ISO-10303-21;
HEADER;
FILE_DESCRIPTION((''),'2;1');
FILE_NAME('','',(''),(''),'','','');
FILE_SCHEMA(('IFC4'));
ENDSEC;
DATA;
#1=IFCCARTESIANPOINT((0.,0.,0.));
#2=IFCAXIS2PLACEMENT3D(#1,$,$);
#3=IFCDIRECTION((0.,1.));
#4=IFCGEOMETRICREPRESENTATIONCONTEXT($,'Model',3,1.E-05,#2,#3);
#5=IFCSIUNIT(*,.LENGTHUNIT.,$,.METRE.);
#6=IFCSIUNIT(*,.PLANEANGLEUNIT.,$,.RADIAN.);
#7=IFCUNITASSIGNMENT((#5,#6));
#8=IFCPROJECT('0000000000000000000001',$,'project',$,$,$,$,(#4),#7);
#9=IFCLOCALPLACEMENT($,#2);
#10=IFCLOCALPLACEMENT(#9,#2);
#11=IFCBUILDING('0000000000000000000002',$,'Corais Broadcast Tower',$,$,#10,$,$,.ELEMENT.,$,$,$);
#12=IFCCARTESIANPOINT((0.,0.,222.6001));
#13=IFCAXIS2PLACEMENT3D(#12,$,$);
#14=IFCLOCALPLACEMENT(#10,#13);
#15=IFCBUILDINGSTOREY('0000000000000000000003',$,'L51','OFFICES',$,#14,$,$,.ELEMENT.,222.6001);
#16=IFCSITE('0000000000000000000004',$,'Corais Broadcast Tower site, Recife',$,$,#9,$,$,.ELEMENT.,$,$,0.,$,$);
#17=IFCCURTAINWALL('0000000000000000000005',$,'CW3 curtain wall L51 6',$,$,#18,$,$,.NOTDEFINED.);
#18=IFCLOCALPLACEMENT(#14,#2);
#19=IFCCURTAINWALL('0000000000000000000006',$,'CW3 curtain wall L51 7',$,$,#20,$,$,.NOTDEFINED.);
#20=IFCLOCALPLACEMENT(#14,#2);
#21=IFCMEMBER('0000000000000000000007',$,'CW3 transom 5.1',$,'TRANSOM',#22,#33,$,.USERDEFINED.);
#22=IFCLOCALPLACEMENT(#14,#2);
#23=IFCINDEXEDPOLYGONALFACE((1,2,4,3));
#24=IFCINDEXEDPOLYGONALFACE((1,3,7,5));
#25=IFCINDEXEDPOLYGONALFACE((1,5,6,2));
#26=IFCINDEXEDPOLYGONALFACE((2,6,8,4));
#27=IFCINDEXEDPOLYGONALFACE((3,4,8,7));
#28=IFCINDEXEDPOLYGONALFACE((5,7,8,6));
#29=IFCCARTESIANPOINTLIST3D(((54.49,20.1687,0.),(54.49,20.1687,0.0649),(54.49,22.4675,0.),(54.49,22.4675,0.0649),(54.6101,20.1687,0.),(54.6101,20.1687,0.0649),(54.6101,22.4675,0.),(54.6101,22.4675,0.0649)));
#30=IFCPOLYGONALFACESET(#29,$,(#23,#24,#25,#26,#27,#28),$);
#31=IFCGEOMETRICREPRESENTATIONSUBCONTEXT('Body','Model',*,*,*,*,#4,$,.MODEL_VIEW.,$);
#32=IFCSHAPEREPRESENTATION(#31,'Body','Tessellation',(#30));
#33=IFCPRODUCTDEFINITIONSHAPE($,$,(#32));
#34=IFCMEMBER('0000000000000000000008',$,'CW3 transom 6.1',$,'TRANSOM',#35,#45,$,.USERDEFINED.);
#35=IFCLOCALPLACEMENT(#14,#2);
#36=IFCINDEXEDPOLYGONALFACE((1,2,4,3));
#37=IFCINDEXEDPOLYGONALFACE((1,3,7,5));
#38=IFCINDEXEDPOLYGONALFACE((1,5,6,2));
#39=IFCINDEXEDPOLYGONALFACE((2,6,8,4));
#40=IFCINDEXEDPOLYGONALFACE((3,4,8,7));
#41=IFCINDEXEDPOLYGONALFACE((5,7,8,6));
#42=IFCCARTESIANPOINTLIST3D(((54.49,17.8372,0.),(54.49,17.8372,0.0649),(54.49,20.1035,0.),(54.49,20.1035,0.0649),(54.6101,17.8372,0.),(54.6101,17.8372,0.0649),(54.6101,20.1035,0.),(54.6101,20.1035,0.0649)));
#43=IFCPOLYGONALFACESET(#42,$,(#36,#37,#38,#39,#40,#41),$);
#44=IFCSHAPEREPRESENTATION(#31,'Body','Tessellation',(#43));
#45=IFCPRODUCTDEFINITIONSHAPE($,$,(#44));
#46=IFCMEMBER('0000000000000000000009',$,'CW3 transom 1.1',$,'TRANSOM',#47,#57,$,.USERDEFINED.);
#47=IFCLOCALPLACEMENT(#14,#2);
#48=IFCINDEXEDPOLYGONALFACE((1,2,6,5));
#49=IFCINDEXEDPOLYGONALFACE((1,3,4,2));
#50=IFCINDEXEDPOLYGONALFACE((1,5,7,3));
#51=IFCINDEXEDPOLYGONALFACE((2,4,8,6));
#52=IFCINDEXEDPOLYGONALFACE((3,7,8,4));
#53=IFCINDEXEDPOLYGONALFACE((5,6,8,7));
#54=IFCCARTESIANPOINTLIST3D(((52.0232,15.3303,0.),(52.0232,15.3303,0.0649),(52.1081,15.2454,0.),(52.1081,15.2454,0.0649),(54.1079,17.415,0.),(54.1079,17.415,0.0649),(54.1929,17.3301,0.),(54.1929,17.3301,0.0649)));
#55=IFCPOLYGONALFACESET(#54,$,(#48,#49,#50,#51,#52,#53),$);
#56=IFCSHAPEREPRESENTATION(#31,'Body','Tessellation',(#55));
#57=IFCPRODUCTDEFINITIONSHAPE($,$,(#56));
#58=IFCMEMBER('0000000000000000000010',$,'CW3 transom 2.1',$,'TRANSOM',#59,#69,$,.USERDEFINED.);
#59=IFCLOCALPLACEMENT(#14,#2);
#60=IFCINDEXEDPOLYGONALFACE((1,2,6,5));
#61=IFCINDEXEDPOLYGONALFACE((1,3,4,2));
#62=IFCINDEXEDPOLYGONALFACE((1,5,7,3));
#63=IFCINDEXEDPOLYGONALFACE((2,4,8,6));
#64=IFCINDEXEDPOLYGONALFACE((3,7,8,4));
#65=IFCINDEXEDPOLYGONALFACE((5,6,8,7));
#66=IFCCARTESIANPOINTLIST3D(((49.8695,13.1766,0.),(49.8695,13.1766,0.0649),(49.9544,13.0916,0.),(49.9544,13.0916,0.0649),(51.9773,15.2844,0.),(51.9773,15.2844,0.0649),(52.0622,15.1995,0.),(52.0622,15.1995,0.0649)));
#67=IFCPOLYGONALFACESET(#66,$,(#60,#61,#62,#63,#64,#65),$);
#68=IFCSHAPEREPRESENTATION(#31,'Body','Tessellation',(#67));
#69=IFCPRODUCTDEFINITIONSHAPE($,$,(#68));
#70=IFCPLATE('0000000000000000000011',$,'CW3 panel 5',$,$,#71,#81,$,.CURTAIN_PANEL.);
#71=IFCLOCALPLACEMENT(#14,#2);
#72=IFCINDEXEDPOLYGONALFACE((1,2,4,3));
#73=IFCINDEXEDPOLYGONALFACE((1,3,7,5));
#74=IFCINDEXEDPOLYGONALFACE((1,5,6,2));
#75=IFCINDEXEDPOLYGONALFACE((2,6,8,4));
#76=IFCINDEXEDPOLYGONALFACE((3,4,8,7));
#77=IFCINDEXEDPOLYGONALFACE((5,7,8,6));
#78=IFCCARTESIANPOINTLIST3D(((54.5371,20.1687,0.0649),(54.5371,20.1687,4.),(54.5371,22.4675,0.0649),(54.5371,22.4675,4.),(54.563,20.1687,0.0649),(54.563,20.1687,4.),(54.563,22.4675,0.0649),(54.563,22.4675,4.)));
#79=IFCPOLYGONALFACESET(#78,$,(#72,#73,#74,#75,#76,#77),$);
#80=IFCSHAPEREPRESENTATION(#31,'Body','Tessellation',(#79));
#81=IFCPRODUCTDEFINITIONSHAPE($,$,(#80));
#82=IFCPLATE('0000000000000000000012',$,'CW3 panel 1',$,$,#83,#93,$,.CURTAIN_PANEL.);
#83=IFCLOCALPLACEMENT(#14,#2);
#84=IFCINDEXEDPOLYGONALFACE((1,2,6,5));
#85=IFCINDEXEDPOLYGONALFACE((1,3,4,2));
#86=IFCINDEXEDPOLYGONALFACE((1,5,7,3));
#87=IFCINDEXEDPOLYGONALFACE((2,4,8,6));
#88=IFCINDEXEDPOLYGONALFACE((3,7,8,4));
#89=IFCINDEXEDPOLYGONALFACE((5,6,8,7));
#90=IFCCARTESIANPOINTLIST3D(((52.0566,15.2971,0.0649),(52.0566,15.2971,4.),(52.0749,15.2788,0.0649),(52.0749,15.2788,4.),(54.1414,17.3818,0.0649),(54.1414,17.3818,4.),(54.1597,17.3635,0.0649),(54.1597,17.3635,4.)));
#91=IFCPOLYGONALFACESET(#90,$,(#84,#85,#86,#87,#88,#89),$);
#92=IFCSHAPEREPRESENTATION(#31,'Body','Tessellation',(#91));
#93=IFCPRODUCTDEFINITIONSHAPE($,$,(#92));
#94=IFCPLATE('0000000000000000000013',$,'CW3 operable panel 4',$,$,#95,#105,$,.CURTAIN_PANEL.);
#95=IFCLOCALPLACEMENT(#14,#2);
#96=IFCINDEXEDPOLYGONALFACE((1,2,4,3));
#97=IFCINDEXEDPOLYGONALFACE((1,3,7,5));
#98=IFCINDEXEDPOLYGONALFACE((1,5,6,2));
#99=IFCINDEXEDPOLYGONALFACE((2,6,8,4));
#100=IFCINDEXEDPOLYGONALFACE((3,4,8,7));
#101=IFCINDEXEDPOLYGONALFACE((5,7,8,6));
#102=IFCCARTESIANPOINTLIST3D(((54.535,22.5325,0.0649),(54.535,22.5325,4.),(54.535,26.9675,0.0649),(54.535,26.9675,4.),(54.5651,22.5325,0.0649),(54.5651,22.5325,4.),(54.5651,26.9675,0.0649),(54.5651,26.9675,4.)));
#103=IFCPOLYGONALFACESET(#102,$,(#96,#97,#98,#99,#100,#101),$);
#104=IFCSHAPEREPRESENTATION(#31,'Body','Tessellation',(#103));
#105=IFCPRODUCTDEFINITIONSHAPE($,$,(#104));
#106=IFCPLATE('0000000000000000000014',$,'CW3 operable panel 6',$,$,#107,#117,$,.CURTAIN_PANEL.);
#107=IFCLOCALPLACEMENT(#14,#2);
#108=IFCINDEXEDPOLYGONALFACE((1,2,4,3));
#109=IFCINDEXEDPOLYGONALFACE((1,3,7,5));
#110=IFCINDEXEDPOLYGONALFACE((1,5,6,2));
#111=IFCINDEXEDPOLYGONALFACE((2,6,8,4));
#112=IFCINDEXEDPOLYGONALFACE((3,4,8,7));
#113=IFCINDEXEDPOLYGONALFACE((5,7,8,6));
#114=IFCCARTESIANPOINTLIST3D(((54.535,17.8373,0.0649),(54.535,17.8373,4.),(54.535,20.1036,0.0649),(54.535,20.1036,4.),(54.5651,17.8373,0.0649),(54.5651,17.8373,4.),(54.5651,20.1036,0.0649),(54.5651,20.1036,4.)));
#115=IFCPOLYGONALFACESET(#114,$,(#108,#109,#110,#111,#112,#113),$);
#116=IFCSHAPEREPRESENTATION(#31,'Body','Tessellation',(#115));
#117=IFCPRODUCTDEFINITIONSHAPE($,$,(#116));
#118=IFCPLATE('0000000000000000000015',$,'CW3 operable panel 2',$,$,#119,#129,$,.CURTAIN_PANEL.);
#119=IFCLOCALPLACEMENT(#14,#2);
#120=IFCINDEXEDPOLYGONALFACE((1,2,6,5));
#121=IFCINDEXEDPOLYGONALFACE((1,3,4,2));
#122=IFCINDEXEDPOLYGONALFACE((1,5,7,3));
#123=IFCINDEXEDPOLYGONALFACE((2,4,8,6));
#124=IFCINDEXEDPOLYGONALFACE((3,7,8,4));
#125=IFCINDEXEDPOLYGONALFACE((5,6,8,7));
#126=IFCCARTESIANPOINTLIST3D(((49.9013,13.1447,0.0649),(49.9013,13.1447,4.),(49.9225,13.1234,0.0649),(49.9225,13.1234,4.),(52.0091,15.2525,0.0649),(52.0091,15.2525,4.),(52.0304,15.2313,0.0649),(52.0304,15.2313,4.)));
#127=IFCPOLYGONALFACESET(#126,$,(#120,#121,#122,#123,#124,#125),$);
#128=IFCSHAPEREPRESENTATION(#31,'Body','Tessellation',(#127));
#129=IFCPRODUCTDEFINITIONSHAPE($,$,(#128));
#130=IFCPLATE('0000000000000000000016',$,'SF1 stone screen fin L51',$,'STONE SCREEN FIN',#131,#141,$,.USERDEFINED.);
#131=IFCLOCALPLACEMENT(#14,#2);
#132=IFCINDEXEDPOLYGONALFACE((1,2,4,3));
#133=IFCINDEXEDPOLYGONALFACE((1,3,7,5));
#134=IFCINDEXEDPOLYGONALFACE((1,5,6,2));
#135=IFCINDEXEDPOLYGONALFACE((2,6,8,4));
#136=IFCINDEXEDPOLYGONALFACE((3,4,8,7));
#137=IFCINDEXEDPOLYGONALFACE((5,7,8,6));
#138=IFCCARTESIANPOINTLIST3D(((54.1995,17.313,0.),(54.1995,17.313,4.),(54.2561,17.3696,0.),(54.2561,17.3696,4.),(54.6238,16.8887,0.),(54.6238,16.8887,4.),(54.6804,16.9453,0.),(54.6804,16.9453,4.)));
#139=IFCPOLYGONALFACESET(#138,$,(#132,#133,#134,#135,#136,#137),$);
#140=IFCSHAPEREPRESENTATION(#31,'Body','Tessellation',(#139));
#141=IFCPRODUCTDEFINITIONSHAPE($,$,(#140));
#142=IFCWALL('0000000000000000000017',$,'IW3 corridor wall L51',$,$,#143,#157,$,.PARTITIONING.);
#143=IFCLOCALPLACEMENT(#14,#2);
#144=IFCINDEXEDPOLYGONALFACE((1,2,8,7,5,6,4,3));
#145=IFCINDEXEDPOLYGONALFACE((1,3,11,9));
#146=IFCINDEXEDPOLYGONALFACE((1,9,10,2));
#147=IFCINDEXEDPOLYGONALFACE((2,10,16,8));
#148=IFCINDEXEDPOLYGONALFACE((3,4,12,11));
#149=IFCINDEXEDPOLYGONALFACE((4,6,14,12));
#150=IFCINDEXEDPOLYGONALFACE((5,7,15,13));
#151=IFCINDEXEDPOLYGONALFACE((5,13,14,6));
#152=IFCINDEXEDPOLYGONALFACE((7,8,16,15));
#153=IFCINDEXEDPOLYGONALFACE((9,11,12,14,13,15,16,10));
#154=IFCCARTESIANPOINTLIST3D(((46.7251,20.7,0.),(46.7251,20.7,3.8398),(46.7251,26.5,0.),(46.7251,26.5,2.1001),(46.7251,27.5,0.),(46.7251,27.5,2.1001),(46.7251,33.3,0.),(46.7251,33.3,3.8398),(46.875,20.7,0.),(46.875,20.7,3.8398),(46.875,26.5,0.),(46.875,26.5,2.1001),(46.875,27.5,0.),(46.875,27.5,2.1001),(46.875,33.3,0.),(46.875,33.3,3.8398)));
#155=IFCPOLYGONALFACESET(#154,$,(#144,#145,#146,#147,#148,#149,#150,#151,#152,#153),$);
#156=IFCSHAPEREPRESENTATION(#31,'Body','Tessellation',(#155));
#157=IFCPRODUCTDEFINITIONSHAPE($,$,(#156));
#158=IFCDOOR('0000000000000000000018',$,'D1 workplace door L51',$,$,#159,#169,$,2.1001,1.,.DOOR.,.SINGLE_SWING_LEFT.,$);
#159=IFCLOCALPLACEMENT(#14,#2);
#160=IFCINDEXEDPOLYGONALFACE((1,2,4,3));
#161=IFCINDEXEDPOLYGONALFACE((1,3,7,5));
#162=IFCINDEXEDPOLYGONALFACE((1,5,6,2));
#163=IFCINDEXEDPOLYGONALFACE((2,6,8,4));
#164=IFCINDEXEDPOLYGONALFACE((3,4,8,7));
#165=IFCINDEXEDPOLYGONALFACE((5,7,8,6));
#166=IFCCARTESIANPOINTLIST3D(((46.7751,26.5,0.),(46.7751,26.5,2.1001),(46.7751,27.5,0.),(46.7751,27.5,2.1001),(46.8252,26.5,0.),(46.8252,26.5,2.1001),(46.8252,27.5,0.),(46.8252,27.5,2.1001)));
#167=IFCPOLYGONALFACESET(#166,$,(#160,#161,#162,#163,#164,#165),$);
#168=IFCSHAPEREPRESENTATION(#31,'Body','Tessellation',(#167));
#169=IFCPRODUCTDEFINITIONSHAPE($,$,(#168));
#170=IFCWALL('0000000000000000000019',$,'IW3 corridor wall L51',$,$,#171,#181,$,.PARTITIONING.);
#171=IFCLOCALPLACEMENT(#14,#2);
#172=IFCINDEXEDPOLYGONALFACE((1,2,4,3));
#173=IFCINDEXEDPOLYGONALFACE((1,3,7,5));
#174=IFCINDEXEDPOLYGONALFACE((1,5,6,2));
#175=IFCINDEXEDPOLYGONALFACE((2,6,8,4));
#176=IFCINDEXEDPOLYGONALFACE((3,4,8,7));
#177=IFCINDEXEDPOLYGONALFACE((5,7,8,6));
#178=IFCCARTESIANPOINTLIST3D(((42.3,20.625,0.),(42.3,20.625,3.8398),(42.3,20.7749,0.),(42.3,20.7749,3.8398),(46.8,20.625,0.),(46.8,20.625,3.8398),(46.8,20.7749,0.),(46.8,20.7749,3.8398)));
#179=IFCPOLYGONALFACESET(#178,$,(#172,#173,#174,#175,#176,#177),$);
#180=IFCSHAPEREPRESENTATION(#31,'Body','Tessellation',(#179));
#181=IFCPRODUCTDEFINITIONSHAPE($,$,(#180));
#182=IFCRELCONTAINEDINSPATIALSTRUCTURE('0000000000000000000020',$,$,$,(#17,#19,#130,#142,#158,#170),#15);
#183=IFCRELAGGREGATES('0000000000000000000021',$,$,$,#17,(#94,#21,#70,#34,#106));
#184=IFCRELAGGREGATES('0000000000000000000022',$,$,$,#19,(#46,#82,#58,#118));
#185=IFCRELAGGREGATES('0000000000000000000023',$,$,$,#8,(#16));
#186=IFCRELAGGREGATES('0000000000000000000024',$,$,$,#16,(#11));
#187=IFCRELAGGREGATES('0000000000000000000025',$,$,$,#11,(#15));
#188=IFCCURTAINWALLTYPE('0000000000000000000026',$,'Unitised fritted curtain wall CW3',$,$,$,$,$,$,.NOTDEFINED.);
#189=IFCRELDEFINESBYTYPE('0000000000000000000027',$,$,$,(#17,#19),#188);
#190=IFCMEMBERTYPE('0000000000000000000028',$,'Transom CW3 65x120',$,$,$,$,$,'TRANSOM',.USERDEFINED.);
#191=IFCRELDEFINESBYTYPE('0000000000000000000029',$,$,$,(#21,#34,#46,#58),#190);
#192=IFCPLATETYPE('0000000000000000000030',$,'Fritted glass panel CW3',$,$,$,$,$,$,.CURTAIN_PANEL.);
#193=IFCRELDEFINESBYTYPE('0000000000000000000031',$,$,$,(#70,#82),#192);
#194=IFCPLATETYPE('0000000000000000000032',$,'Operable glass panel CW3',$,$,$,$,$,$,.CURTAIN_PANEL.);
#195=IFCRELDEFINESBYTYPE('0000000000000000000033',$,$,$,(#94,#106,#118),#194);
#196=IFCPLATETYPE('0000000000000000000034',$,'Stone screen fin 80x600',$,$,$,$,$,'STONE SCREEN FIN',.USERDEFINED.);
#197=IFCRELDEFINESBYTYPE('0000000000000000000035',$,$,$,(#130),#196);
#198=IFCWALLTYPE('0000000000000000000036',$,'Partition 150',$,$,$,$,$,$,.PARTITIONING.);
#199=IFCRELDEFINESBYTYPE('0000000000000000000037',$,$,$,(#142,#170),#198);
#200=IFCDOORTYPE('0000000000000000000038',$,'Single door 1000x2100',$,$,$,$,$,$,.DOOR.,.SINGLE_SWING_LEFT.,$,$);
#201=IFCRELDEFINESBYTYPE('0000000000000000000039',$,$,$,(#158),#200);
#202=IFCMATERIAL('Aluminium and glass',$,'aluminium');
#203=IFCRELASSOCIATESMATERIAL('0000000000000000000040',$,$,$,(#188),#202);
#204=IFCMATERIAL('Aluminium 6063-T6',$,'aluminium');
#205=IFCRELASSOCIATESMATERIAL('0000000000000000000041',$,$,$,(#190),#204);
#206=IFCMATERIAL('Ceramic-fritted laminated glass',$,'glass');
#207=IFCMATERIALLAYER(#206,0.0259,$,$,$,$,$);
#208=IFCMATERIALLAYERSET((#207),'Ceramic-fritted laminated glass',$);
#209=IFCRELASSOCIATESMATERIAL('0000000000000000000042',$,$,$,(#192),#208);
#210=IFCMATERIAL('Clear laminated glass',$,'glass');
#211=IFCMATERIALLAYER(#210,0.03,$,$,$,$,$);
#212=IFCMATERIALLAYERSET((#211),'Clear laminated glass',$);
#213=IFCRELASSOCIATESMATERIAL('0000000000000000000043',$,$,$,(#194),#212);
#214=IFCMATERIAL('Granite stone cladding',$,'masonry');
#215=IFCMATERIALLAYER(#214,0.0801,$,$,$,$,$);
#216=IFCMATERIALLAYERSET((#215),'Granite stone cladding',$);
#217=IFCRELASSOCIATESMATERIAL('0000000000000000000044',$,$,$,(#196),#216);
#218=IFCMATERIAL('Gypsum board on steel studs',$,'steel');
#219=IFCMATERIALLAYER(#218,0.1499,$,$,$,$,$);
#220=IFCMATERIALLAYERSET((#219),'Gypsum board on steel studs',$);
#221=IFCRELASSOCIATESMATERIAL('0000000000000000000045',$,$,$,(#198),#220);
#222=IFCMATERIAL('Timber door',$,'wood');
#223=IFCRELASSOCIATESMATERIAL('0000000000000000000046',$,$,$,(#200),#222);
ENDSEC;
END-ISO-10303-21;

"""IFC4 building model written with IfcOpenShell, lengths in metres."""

from ifc_helpers import new_model, si_unit, direction, frame, frame_2d, origin, origin_2d, place, context, subcontext, project, spatial, rectangle, extrude, material, layer, layer_set, material_profile, profile_set, type_object, element, fill, aggregate, save


model = new_model("IFC4")

# Units and contexts
model_context = context("Model", 3, precision=1e-05, world=origin(), true_north=direction((0.0, 1.0)))
body_context = subcontext(model_context, "Body", "Model", "MODEL_VIEW")
ifc_project = project(units=[si_unit("LENGTHUNIT", "METRE"), si_unit("PLANEANGLEUNIT", "RADIAN")], contexts=[model_context])

# Site, building, storey
site_placement = place(None, origin())
site = spatial("IfcSite", under=ifc_project, at=site_placement, Name="Corais Broadcast Tower site, Recife", CompositionType="ELEMENT", RefElevation=0.0)
building_placement = place(site_placement, origin())
building = spatial("IfcBuilding", under=site, at=building_placement, Name="Corais Broadcast Tower", CompositionType="ELEMENT")
storey_placement = place(building_placement, frame((0.0, 0.0, 222.6001)))
storey = spatial("IfcBuildingStorey", under=building, at=storey_placement, Name="L51", Description="OFFICES", CompositionType="ELEMENT", Elevation=222.6001)

# Curtain walls
ifc_material_1 = material(Name="Aluminium and glass", Category="aluminium")
curtain_wall_type = type_object("IfcCurtainWallType", Name="Unitised fritted curtain wall CW3", PredefinedType="NOTDEFINED", material=ifc_material_1)
curtain_wall_1_placement = place(storey_placement, origin())
curtain_wall_1 = element("IfcCurtainWall", 1, at=curtain_wall_1_placement, inside=storey, type_object=curtain_wall_type, Name="CW3 curtain wall L51 6", PredefinedType="NOTDEFINED")
curtain_wall_2_placement = place(storey_placement, origin())
curtain_wall_2 = element("IfcCurtainWall", 2, at=curtain_wall_2_placement, inside=storey, type_object=curtain_wall_type, Name="CW3 curtain wall L51 7", PredefinedType="NOTDEFINED")

# Members
ifc_material_2 = material(Name="Aluminium 6063-T6", Category="aluminium")
ifc_material_profile_1 = material_profile(ifc_material_2, rectangle(XDim=0.1201, YDim=0.0649, at=origin_2d()), Name="Transom CW3 65x120")
ifc_profile_set_1 = profile_set([ifc_material_profile_1], Name="Aluminium 6063-T6")
member_type_1 = type_object("IfcMemberType", Name="Transom CW3 65x120", ElementType="TRANSOM", PredefinedType="USERDEFINED", material=ifc_profile_set_1)
member_1_placement = place(storey_placement, frame((54.55, 22.4675, 0.0325), z_axis=(0.0, -1.0, 0.0), x_axis=(1.0, 0.0, 0.0)))
member_1 = element("IfcMember", 3, at=member_1_placement, type_object=member_type_1, Name="CW3 transom 5.1", ObjectType="TRANSOM", PredefinedType="USERDEFINED", context=body_context, shape_type="SweptSolid", body=[
    extrude(rectangle(XDim=0.1201, YDim=0.0649, at=origin_2d()), origin(), (0.0, 0.0, 1.0), 2.2988),
])
member_2_placement = place(storey_placement, frame((54.55, 20.1035, 0.0325), z_axis=(0.0, -1.0, 0.0), x_axis=(1.0, 0.0, 0.0)))
member_2 = element("IfcMember", 4, at=member_2_placement, type_object=member_type_1, Name="CW3 transom 6.1", ObjectType="TRANSOM", PredefinedType="USERDEFINED", context=body_context, shape_type="SweptSolid", body=[
    extrude(rectangle(XDim=0.1201, YDim=0.0649, at=origin_2d()), origin(), (0.0, 0.0, 1.0), 2.2664),
])
member_3_placement = place(storey_placement, frame((54.1504, 17.3726, 0.0325), z_axis=(-0.707107, -0.707107, 0.0), x_axis=(0.707107, -0.707107, 0.0)))
member_3 = element("IfcMember", 5, at=member_3_placement, type_object=member_type_1, Name="CW3 transom 1.1", ObjectType="TRANSOM", PredefinedType="USERDEFINED", context=body_context, shape_type="SweptSolid", body=[
    extrude(rectangle(XDim=0.1201, YDim=0.0649, at=origin_2d()), origin(), (0.0, 0.0, 1.0), 2.9482),
])
member_4_placement = place(storey_placement, frame((52.0198, 15.2419, 0.0325), z_axis=(-0.707107, -0.707107, 0.0), x_axis=(0.707107, -0.707107, 0.0)))
member_4 = element("IfcMember", 6, at=member_4_placement, type_object=member_type_1, Name="CW3 transom 2.1", ObjectType="TRANSOM", PredefinedType="USERDEFINED", context=body_context, shape_type="SweptSolid", body=[
    extrude(rectangle(XDim=0.1201, YDim=0.0649, at=origin_2d()), origin(), (0.0, 0.0, 1.0), 2.981),
])

# Plates
ifc_material_3 = material(Name="Ceramic-fritted laminated glass", Category="glass")
ifc_layer_1 = layer(ifc_material_3, 0.0259)
ifc_layer_set_1 = layer_set([ifc_layer_1], Name="Ceramic-fritted laminated glass")
plate_type_1 = type_object("IfcPlateType", Name="Fritted glass panel CW3", PredefinedType="CURTAIN_PANEL", material=ifc_layer_set_1)
plate_1_placement = place(storey_placement, frame((54.55, 21.3181, 0.0649), z_axis=(0.0, 0.0, 1.0), x_axis=(0.0, -1.0, 0.0)))
plate_1 = element("IfcPlate", 7, at=plate_1_placement, type_object=plate_type_1, Name="CW3 panel 5", PredefinedType="CURTAIN_PANEL", context=body_context, shape_type="SweptSolid", body=[
    extrude(rectangle(XDim=2.2988, YDim=0.0259, at=origin_2d()), origin(), (0.0, 0.0, 1.0), 3.9351),
])
plate_2_placement = place(storey_placement, frame((53.1082, 16.3303, 0.0649), z_axis=(0.0, 0.0, 1.0), x_axis=(-0.707107, -0.707107, 0.0)))
plate_2 = element("IfcPlate", 8, at=plate_2_placement, type_object=plate_type_1, Name="CW3 panel 1", PredefinedType="CURTAIN_PANEL", context=body_context, shape_type="SweptSolid", body=[
    extrude(rectangle(XDim=2.9482, YDim=0.0259, at=origin_2d()), origin(), (0.0, 0.0, 1.0), 3.9351),
])
ifc_material_4 = material(Name="Clear laminated glass", Category="glass")
ifc_layer_2 = layer(ifc_material_4, 0.03)
ifc_layer_set_2 = layer_set([ifc_layer_2], Name="Clear laminated glass")
plate_type_2 = type_object("IfcPlateType", Name="Operable glass panel CW3", PredefinedType="CURTAIN_PANEL", material=ifc_layer_set_2)
plate_3_placement = place(storey_placement, frame((54.55, 24.75, 0.0649), z_axis=(0.0, 0.0, 1.0), x_axis=(0.0, -1.0, 0.0)))
plate_3 = element("IfcPlate", 9, at=plate_3_placement, type_object=plate_type_2, Name="CW3 operable panel 4", PredefinedType="CURTAIN_PANEL", context=body_context, shape_type="SweptSolid", body=[
    extrude(rectangle(XDim=4.4351, YDim=0.03, at=origin_2d()), origin(), (0.0, 0.0, 1.0), 3.9351),
])
plate_4_placement = place(storey_placement, frame((54.55, 18.9705, 0.0649), z_axis=(0.0, 0.0, 1.0), x_axis=(0.0, -1.0, 0.0)))
plate_4 = element("IfcPlate", 10, at=plate_4_placement, type_object=plate_type_2, Name="CW3 operable panel 6", PredefinedType="CURTAIN_PANEL", context=body_context, shape_type="SweptSolid", body=[
    extrude(rectangle(XDim=2.2664, YDim=0.03, at=origin_2d()), origin(), (0.0, 0.0, 1.0), 3.9351),
])
aggregate(curtain_wall_1, [plate_3, member_1, plate_1, member_2, plate_4])
plate_5_placement = place(storey_placement, frame((50.9658, 14.188, 0.0649), z_axis=(0.0, 0.0, 1.0), x_axis=(-0.707107, -0.707107, 0.0)))
plate_5 = element("IfcPlate", 11, at=plate_5_placement, type_object=plate_type_2, Name="CW3 operable panel 2", PredefinedType="CURTAIN_PANEL", context=body_context, shape_type="SweptSolid", body=[
    extrude(rectangle(XDim=2.981, YDim=0.03, at=origin_2d()), origin(), (0.0, 0.0, 1.0), 3.9351),
])
aggregate(curtain_wall_2, [member_3, plate_2, member_4, plate_5])
ifc_material_5 = material(Name="Granite stone cladding", Category="masonry")
ifc_layer_3 = layer(ifc_material_5, 0.0801)
ifc_layer_set_3 = layer_set([ifc_layer_3], Name="Granite stone cladding")
plate_type_3 = type_object("IfcPlateType", Name="Stone screen fin 80x600", ElementType="STONE SCREEN FIN", PredefinedType="USERDEFINED", material=ifc_layer_set_3)
plate_6_placement = place(storey_placement, frame((54.4399, 17.1292, 0.0), z_axis=(0.0, 0.0, 1.0), x_axis=(-0.707107, -0.707107, 0.0)))
element("IfcPlate", 12, at=plate_6_placement, inside=storey, type_object=plate_type_3, Name="SF1 stone screen fin L51", ObjectType="STONE SCREEN FIN", PredefinedType="USERDEFINED", context=body_context, shape_type="SweptSolid", body=[
    extrude(rectangle(XDim=0.0801, YDim=0.6001, at=origin_2d()), origin(), (0.0, 0.0, 1.0), 4.0),
])

# Wall, opening, door
ifc_material_6 = material(Name="Gypsum board on steel studs", Category="steel")
ifc_layer_4 = layer(ifc_material_6, 0.1499)
ifc_layer_set_4 = layer_set([ifc_layer_4], Name="Gypsum board on steel studs")
wall_type = type_object("IfcWallType", Name="Partition 150", PredefinedType="PARTITIONING", material=ifc_layer_set_4)
wall_1_placement = place(storey_placement, frame((46.8, 20.7, 0.0), z_axis=(0.0, 0.0, 1.0), x_axis=(0.0, 1.0, 0.0)))
wall_1 = element("IfcWall", 13, at=wall_1_placement, inside=storey, type_object=wall_type, Name="IW3 corridor wall L51", PredefinedType="PARTITIONING", context=body_context, shape_type="SweptSolid", body=[
    extrude(rectangle(XDim=12.6001, YDim=0.1499, at=frame_2d((6.3, 0.0))), origin(), (0.0, 0.0, 1.0), 3.8398),
])
opening_placement = place(wall_1_placement, frame((5.8, 0.0, 0.0)))
opening = element("IfcOpeningElement", 14, at=opening_placement, cuts=wall_1, PredefinedType="OPENING", context=body_context, shape_type="SweptSolid", body=[
    extrude(rectangle(XDim=1.0, YDim=2.1001, at=frame_2d((0.5, 1.05))), frame((0.0, 0.085, 0.0), z_axis=(0.0, -1.0, 0.0), x_axis=(1.0, 0.0, 0.0)), (0.0, 0.0, 1.0), 0.1699),
])
ifc_material_7 = material(Name="Timber door", Category="wood")
door_type = type_object("IfcDoorType", Name="Single door 1000x2100", OperationType="SINGLE_SWING_LEFT", PredefinedType="DOOR", material=ifc_material_7)
door_placement = place(opening_placement, origin())
door = element("IfcDoor", 15, at=door_placement, inside=storey, type_object=door_type, Name="D1 workplace door L51", OperationType="SINGLE_SWING_LEFT", OverallHeight=2.1001, OverallWidth=1.0, PredefinedType="DOOR", context=body_context, shape_type="SweptSolid", body=[
    extrude(rectangle(XDim=1.0, YDim=2.1001, at=frame_2d((0.5, 1.05))), frame((0.0, 0.0249, 0.0), z_axis=(0.0, -1.0, 0.0), x_axis=(1.0, 0.0, 0.0)), (0.0, 0.0, 1.0), 0.05),
])
fill(opening, door)

# Wall
wall_2_placement = place(storey_placement, frame((42.3, 20.7, 0.0), z_axis=(0.0, 0.0, 1.0), x_axis=(1.0, 0.0, 0.0)))
element("IfcWall", 16, at=wall_2_placement, inside=storey, type_object=wall_type, Name="IW3 corridor wall L51", PredefinedType="PARTITIONING", context=body_context, shape_type="SweptSolid", body=[
    extrude(rectangle(XDim=4.5, YDim=0.1499, at=frame_2d((2.25, 0.0))), origin(), (0.0, 0.0, 1.0), 3.8398),
])

save(model, "model.ifc")
